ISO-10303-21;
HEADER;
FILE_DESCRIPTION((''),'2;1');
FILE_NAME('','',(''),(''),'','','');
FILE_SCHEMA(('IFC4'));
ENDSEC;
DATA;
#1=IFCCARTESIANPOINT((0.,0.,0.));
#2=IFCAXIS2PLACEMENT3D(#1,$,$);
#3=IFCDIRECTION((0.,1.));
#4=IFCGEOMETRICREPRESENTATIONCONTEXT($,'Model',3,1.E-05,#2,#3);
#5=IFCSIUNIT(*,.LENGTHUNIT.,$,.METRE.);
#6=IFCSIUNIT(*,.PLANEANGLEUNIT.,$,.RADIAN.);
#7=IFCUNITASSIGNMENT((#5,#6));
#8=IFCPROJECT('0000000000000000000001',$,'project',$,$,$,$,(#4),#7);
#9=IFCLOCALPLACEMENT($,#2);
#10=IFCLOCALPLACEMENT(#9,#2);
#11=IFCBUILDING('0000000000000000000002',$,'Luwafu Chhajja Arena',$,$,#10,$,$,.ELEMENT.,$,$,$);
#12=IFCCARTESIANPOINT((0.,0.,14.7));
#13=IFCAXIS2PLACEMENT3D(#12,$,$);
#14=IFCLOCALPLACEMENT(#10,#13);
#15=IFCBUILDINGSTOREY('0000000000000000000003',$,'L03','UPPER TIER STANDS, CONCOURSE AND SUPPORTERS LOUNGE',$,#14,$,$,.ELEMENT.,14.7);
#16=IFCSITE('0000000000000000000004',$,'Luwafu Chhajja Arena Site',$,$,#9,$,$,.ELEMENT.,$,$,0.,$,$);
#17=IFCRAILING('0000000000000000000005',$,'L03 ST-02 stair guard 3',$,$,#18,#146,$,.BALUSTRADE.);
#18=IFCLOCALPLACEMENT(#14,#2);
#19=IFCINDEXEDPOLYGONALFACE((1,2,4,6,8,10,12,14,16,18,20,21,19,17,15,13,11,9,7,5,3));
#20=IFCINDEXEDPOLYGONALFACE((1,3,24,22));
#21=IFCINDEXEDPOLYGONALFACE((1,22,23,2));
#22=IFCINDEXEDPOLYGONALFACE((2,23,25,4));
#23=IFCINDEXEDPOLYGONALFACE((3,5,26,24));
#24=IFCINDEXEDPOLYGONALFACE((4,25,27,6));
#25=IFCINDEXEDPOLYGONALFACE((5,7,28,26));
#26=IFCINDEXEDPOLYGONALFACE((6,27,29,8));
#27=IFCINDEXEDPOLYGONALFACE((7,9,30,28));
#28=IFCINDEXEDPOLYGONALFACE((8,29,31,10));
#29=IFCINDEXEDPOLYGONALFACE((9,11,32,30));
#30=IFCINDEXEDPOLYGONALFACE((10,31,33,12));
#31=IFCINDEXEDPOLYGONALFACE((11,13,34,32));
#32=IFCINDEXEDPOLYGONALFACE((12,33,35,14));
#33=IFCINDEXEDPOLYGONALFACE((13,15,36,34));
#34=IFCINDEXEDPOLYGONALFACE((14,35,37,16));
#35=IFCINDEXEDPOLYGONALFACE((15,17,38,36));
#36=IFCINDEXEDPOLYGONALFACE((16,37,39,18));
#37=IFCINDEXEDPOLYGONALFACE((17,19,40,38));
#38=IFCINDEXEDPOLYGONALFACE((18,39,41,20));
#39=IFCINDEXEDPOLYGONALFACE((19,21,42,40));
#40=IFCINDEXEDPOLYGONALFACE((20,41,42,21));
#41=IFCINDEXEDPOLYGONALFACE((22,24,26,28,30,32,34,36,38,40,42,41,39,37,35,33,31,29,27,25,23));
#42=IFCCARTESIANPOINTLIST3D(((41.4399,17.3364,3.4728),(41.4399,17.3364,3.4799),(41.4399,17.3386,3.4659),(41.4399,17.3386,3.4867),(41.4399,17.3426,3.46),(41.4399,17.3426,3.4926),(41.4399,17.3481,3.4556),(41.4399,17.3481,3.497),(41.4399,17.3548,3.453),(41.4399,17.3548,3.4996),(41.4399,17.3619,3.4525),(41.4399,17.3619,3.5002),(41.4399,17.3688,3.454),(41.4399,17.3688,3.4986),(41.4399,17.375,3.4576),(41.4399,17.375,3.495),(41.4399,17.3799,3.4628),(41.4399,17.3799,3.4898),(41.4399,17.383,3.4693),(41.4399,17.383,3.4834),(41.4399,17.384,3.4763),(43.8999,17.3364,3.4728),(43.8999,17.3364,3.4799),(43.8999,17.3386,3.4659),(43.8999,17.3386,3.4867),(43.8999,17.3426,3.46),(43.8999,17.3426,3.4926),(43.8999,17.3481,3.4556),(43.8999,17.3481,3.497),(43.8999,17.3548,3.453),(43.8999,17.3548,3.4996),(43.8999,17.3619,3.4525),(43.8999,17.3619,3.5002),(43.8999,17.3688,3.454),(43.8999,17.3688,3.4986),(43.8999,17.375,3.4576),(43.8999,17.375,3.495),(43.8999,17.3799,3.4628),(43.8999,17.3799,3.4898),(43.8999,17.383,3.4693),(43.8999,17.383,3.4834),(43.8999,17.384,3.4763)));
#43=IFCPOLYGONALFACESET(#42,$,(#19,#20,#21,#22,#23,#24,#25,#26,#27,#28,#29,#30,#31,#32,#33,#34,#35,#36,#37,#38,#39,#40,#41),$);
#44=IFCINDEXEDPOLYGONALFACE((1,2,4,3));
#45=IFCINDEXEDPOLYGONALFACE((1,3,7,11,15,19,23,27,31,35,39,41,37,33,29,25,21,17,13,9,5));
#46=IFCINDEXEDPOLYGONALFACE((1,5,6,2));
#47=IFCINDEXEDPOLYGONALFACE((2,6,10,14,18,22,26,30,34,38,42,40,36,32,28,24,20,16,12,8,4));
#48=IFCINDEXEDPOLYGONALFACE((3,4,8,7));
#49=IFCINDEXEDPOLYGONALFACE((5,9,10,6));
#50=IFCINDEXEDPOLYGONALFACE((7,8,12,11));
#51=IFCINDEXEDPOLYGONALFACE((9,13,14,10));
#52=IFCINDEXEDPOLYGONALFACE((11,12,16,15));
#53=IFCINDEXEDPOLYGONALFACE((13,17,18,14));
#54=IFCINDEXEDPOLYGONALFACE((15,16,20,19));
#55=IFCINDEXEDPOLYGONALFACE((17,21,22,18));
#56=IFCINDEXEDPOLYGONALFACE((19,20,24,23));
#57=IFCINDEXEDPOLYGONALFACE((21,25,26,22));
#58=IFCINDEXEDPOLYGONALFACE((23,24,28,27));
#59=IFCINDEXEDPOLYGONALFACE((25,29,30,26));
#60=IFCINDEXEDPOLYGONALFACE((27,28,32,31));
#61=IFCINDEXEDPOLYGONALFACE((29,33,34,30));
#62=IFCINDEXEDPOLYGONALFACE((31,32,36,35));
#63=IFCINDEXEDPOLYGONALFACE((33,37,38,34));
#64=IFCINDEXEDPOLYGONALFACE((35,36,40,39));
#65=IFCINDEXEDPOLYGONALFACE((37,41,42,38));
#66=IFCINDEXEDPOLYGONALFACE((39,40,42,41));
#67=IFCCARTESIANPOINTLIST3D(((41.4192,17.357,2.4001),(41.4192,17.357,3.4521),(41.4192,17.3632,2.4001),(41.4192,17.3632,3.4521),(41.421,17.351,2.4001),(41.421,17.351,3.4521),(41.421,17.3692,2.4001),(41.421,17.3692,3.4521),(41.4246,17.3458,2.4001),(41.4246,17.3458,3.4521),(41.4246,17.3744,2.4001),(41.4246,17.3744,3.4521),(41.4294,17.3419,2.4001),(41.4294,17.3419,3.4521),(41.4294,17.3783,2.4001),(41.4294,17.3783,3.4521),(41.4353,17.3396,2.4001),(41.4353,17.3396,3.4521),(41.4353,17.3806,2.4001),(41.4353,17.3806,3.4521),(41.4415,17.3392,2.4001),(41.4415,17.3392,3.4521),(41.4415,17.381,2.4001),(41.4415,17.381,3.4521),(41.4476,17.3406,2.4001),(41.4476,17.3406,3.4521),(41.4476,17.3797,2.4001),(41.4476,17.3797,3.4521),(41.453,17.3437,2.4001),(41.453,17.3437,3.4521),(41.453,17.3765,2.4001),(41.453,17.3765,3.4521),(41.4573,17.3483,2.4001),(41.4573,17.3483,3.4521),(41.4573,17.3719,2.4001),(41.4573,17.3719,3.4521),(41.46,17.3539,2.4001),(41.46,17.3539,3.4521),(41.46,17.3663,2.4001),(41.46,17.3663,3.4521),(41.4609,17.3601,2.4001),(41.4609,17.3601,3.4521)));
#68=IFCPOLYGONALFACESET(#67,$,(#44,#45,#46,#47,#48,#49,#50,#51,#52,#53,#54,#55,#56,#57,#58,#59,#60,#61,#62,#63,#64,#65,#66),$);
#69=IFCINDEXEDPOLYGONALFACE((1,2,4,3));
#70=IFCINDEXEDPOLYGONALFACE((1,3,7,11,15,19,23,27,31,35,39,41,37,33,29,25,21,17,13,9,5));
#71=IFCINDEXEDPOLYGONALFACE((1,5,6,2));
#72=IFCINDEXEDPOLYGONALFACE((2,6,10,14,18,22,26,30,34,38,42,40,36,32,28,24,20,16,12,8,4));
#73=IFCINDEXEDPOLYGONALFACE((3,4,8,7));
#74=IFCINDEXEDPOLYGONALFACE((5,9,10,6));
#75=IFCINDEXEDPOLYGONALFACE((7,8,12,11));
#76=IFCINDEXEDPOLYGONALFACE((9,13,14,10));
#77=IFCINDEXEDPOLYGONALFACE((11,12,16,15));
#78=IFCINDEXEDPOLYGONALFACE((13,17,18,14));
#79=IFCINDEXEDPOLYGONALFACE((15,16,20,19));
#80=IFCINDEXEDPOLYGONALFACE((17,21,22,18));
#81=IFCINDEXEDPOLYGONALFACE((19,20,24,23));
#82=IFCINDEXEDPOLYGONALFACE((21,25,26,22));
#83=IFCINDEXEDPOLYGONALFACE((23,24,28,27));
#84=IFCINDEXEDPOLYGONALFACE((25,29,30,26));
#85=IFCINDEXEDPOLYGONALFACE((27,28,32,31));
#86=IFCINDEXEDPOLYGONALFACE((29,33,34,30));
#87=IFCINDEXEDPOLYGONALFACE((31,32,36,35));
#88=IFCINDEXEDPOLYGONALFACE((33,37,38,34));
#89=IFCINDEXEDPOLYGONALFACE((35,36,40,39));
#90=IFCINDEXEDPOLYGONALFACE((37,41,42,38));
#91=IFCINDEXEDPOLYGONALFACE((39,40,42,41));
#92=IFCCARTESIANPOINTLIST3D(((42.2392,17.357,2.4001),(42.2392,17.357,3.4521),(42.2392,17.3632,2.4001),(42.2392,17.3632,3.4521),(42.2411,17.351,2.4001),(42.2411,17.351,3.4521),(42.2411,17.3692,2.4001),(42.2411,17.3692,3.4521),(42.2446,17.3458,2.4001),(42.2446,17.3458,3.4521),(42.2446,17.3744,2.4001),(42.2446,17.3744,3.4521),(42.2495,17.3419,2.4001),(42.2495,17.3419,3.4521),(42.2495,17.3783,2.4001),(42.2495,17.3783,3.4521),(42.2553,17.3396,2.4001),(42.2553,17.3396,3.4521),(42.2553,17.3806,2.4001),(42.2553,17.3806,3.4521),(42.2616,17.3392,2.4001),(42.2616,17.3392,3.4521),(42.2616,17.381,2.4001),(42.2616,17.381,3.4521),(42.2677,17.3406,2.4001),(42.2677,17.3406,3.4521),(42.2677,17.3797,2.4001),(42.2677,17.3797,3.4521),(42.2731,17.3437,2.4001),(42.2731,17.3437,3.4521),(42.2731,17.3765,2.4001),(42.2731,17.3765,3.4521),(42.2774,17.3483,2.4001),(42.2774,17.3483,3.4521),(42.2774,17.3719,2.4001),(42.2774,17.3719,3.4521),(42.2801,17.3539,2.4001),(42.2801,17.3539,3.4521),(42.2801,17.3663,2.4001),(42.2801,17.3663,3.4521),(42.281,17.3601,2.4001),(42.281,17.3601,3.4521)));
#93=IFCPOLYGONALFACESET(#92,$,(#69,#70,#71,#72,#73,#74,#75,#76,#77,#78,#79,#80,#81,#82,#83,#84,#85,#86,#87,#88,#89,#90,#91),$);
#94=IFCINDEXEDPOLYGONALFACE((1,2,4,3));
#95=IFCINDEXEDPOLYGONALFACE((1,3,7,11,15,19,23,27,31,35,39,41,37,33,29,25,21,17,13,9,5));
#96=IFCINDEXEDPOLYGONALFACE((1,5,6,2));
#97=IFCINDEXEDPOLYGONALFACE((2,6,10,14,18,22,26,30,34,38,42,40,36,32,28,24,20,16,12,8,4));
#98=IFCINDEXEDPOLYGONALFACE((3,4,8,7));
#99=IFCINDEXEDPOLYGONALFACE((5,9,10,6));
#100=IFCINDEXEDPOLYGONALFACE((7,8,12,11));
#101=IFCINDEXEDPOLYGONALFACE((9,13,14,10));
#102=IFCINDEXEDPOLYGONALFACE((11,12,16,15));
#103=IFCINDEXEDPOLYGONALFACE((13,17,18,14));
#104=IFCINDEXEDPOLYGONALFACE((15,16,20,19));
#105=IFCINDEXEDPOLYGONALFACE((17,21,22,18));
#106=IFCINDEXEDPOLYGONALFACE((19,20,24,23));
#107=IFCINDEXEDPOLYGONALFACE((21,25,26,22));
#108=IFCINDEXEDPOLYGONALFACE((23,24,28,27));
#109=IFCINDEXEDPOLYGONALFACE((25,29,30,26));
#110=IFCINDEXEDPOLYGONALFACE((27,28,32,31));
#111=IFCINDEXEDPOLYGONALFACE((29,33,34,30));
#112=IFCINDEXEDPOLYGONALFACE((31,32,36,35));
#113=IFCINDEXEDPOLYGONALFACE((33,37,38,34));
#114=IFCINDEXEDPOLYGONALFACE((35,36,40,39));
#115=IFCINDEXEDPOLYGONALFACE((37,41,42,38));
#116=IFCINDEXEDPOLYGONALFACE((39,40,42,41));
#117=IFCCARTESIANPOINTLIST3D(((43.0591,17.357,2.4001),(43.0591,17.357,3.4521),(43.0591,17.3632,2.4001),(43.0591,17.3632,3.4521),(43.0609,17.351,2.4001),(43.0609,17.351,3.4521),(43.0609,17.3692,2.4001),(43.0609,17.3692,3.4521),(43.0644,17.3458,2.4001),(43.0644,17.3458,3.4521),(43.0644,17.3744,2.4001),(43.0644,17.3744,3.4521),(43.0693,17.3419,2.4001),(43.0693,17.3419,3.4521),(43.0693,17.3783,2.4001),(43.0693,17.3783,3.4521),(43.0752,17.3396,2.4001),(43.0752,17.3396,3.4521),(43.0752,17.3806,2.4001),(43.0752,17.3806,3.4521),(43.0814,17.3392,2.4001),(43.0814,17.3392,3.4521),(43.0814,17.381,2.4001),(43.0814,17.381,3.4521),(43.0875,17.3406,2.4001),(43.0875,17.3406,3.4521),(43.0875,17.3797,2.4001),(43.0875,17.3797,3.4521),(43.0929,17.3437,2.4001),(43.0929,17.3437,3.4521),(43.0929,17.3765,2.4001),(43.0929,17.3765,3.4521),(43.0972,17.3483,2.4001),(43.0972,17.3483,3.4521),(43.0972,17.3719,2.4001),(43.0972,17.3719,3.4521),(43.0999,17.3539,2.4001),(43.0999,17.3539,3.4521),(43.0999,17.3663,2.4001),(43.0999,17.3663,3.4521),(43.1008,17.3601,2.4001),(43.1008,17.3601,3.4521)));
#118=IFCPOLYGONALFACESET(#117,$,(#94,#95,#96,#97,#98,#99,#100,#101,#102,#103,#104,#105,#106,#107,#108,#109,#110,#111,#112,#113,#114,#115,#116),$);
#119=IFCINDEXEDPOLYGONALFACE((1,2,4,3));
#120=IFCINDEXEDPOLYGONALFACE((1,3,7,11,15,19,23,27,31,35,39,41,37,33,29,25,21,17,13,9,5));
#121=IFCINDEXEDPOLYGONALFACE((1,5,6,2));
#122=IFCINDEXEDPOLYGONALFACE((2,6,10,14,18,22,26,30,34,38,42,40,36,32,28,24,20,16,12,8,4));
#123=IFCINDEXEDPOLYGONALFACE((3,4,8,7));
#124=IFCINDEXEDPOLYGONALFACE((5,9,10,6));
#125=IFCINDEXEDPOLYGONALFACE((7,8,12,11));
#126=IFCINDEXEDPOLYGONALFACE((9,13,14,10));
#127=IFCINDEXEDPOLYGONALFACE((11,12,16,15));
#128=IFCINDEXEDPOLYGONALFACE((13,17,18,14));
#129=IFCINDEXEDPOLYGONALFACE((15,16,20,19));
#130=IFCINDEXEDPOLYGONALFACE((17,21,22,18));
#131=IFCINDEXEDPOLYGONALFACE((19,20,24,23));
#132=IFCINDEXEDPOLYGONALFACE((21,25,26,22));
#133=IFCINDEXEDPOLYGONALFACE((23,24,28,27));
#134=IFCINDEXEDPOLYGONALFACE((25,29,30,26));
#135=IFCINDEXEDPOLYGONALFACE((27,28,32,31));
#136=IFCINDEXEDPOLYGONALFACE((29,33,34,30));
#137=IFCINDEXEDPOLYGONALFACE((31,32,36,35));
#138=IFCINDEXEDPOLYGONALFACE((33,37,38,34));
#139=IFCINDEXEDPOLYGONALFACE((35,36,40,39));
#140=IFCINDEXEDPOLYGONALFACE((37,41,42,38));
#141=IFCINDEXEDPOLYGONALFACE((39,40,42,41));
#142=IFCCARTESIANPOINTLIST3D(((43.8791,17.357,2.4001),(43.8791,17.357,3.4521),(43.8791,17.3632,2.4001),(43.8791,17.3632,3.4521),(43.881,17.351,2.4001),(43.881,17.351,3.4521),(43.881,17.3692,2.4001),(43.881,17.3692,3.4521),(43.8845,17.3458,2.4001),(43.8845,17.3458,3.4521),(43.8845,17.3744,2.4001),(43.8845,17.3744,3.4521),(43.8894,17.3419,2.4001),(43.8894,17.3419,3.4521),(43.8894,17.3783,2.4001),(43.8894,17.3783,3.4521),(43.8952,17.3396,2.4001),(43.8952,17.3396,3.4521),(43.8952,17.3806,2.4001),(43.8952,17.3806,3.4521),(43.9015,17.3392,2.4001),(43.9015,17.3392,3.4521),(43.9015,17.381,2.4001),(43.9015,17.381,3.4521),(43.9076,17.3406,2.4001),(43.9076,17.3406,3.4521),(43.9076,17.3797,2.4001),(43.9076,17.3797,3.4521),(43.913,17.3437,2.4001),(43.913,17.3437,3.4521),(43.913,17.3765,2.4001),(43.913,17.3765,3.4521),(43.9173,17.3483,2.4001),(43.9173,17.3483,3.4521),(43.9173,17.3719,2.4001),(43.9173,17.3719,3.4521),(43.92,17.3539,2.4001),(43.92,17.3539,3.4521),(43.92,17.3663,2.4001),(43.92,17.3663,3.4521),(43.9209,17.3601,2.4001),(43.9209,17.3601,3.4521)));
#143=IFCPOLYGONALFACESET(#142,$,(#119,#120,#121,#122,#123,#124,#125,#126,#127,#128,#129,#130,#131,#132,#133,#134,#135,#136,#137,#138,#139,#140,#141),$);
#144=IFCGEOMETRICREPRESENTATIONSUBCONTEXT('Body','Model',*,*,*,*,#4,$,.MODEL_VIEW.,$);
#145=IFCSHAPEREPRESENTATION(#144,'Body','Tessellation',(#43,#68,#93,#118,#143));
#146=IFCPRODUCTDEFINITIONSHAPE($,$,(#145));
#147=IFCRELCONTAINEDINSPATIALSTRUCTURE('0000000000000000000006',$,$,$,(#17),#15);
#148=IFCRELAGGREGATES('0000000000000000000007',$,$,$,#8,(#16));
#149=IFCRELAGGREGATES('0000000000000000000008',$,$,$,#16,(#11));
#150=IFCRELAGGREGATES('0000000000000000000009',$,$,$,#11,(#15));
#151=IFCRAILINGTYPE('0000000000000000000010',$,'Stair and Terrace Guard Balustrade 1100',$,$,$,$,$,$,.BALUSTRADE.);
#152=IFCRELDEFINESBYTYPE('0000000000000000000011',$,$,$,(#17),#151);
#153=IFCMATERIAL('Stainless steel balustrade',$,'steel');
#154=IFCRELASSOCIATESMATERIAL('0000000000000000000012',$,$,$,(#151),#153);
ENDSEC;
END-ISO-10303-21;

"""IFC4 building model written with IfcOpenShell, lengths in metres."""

from ifc_helpers import new_model, si_unit, direction, frame, origin, origin_2d, place, context, subcontext, project, spatial, circle, extrude, material, type_object, element, save


model = new_model("IFC4")

# Units and contexts
model_context = context("Model", 3, precision=1e-05, world=origin(), true_north=direction((0.0, 1.0)))
body_context = subcontext(model_context, "Body", "Model", "MODEL_VIEW")
ifc_project = project(units=[si_unit("LENGTHUNIT", "METRE"), si_unit("PLANEANGLEUNIT", "RADIAN")], contexts=[model_context])

# Site, building, storey
site_placement = place(None, origin())
site = spatial("IfcSite", under=ifc_project, at=site_placement, Name="Luwafu Chhajja Arena Site", CompositionType="ELEMENT", RefElevation=0.0)
building_placement = place(site_placement, origin())
building = spatial("IfcBuilding", under=site, at=building_placement, Name="Luwafu Chhajja Arena", CompositionType="ELEMENT")
storey_placement = place(building_placement, frame((0.0, 0.0, 14.7)))
storey = spatial("IfcBuildingStorey", under=building, at=storey_placement, Name="L03", Description="UPPER TIER STANDS, CONCOURSE AND SUPPORTERS LOUNGE", CompositionType="ELEMENT", Elevation=14.7)

# Railing
ifc_material_1 = material(Name="Stainless steel balustrade", Category="steel")
railing_type_1 = type_object("IfcRailingType", Name="Stair and Terrace Guard Balustrade 1100", PredefinedType="BALUSTRADE", material=ifc_material_1)
railing_1_placement = place(storey_placement, frame((41.4399, 17.3601, 2.4001)))
element("IfcRailing", 1, at=railing_1_placement, inside=storey, type_object=railing_type_1, Name="L03 ST-02 stair guard 3", PredefinedType="BALUSTRADE", context=body_context, shape_type="SweptSolid", body=[
    extrude(circle(Radius=0.0239, at=origin_2d()), frame((0.0, 0.0, 1.0762), z_axis=(1.0, 0.0, 0.0), x_axis=(0.0, 1.0, 0.0)), (0.0, 0.0, 1.0), 2.46),
    extrude(circle(Radius=0.021, at=origin_2d()), origin(), (0.0, 0.0, 1.0), 1.052),
    extrude(circle(Radius=0.021, at=origin_2d()), frame((0.8201, 0.0, 0.0)), (0.0, 0.0, 1.0), 1.052),
    extrude(circle(Radius=0.021, at=origin_2d()), frame((1.6399, 0.0, 0.0)), (0.0, 0.0, 1.0), 1.052),
    extrude(circle(Radius=0.021, at=origin_2d()), frame((2.46, 0.0, 0.0)), (0.0, 0.0, 1.0), 1.052),
])

save(model, "model.ifc")
